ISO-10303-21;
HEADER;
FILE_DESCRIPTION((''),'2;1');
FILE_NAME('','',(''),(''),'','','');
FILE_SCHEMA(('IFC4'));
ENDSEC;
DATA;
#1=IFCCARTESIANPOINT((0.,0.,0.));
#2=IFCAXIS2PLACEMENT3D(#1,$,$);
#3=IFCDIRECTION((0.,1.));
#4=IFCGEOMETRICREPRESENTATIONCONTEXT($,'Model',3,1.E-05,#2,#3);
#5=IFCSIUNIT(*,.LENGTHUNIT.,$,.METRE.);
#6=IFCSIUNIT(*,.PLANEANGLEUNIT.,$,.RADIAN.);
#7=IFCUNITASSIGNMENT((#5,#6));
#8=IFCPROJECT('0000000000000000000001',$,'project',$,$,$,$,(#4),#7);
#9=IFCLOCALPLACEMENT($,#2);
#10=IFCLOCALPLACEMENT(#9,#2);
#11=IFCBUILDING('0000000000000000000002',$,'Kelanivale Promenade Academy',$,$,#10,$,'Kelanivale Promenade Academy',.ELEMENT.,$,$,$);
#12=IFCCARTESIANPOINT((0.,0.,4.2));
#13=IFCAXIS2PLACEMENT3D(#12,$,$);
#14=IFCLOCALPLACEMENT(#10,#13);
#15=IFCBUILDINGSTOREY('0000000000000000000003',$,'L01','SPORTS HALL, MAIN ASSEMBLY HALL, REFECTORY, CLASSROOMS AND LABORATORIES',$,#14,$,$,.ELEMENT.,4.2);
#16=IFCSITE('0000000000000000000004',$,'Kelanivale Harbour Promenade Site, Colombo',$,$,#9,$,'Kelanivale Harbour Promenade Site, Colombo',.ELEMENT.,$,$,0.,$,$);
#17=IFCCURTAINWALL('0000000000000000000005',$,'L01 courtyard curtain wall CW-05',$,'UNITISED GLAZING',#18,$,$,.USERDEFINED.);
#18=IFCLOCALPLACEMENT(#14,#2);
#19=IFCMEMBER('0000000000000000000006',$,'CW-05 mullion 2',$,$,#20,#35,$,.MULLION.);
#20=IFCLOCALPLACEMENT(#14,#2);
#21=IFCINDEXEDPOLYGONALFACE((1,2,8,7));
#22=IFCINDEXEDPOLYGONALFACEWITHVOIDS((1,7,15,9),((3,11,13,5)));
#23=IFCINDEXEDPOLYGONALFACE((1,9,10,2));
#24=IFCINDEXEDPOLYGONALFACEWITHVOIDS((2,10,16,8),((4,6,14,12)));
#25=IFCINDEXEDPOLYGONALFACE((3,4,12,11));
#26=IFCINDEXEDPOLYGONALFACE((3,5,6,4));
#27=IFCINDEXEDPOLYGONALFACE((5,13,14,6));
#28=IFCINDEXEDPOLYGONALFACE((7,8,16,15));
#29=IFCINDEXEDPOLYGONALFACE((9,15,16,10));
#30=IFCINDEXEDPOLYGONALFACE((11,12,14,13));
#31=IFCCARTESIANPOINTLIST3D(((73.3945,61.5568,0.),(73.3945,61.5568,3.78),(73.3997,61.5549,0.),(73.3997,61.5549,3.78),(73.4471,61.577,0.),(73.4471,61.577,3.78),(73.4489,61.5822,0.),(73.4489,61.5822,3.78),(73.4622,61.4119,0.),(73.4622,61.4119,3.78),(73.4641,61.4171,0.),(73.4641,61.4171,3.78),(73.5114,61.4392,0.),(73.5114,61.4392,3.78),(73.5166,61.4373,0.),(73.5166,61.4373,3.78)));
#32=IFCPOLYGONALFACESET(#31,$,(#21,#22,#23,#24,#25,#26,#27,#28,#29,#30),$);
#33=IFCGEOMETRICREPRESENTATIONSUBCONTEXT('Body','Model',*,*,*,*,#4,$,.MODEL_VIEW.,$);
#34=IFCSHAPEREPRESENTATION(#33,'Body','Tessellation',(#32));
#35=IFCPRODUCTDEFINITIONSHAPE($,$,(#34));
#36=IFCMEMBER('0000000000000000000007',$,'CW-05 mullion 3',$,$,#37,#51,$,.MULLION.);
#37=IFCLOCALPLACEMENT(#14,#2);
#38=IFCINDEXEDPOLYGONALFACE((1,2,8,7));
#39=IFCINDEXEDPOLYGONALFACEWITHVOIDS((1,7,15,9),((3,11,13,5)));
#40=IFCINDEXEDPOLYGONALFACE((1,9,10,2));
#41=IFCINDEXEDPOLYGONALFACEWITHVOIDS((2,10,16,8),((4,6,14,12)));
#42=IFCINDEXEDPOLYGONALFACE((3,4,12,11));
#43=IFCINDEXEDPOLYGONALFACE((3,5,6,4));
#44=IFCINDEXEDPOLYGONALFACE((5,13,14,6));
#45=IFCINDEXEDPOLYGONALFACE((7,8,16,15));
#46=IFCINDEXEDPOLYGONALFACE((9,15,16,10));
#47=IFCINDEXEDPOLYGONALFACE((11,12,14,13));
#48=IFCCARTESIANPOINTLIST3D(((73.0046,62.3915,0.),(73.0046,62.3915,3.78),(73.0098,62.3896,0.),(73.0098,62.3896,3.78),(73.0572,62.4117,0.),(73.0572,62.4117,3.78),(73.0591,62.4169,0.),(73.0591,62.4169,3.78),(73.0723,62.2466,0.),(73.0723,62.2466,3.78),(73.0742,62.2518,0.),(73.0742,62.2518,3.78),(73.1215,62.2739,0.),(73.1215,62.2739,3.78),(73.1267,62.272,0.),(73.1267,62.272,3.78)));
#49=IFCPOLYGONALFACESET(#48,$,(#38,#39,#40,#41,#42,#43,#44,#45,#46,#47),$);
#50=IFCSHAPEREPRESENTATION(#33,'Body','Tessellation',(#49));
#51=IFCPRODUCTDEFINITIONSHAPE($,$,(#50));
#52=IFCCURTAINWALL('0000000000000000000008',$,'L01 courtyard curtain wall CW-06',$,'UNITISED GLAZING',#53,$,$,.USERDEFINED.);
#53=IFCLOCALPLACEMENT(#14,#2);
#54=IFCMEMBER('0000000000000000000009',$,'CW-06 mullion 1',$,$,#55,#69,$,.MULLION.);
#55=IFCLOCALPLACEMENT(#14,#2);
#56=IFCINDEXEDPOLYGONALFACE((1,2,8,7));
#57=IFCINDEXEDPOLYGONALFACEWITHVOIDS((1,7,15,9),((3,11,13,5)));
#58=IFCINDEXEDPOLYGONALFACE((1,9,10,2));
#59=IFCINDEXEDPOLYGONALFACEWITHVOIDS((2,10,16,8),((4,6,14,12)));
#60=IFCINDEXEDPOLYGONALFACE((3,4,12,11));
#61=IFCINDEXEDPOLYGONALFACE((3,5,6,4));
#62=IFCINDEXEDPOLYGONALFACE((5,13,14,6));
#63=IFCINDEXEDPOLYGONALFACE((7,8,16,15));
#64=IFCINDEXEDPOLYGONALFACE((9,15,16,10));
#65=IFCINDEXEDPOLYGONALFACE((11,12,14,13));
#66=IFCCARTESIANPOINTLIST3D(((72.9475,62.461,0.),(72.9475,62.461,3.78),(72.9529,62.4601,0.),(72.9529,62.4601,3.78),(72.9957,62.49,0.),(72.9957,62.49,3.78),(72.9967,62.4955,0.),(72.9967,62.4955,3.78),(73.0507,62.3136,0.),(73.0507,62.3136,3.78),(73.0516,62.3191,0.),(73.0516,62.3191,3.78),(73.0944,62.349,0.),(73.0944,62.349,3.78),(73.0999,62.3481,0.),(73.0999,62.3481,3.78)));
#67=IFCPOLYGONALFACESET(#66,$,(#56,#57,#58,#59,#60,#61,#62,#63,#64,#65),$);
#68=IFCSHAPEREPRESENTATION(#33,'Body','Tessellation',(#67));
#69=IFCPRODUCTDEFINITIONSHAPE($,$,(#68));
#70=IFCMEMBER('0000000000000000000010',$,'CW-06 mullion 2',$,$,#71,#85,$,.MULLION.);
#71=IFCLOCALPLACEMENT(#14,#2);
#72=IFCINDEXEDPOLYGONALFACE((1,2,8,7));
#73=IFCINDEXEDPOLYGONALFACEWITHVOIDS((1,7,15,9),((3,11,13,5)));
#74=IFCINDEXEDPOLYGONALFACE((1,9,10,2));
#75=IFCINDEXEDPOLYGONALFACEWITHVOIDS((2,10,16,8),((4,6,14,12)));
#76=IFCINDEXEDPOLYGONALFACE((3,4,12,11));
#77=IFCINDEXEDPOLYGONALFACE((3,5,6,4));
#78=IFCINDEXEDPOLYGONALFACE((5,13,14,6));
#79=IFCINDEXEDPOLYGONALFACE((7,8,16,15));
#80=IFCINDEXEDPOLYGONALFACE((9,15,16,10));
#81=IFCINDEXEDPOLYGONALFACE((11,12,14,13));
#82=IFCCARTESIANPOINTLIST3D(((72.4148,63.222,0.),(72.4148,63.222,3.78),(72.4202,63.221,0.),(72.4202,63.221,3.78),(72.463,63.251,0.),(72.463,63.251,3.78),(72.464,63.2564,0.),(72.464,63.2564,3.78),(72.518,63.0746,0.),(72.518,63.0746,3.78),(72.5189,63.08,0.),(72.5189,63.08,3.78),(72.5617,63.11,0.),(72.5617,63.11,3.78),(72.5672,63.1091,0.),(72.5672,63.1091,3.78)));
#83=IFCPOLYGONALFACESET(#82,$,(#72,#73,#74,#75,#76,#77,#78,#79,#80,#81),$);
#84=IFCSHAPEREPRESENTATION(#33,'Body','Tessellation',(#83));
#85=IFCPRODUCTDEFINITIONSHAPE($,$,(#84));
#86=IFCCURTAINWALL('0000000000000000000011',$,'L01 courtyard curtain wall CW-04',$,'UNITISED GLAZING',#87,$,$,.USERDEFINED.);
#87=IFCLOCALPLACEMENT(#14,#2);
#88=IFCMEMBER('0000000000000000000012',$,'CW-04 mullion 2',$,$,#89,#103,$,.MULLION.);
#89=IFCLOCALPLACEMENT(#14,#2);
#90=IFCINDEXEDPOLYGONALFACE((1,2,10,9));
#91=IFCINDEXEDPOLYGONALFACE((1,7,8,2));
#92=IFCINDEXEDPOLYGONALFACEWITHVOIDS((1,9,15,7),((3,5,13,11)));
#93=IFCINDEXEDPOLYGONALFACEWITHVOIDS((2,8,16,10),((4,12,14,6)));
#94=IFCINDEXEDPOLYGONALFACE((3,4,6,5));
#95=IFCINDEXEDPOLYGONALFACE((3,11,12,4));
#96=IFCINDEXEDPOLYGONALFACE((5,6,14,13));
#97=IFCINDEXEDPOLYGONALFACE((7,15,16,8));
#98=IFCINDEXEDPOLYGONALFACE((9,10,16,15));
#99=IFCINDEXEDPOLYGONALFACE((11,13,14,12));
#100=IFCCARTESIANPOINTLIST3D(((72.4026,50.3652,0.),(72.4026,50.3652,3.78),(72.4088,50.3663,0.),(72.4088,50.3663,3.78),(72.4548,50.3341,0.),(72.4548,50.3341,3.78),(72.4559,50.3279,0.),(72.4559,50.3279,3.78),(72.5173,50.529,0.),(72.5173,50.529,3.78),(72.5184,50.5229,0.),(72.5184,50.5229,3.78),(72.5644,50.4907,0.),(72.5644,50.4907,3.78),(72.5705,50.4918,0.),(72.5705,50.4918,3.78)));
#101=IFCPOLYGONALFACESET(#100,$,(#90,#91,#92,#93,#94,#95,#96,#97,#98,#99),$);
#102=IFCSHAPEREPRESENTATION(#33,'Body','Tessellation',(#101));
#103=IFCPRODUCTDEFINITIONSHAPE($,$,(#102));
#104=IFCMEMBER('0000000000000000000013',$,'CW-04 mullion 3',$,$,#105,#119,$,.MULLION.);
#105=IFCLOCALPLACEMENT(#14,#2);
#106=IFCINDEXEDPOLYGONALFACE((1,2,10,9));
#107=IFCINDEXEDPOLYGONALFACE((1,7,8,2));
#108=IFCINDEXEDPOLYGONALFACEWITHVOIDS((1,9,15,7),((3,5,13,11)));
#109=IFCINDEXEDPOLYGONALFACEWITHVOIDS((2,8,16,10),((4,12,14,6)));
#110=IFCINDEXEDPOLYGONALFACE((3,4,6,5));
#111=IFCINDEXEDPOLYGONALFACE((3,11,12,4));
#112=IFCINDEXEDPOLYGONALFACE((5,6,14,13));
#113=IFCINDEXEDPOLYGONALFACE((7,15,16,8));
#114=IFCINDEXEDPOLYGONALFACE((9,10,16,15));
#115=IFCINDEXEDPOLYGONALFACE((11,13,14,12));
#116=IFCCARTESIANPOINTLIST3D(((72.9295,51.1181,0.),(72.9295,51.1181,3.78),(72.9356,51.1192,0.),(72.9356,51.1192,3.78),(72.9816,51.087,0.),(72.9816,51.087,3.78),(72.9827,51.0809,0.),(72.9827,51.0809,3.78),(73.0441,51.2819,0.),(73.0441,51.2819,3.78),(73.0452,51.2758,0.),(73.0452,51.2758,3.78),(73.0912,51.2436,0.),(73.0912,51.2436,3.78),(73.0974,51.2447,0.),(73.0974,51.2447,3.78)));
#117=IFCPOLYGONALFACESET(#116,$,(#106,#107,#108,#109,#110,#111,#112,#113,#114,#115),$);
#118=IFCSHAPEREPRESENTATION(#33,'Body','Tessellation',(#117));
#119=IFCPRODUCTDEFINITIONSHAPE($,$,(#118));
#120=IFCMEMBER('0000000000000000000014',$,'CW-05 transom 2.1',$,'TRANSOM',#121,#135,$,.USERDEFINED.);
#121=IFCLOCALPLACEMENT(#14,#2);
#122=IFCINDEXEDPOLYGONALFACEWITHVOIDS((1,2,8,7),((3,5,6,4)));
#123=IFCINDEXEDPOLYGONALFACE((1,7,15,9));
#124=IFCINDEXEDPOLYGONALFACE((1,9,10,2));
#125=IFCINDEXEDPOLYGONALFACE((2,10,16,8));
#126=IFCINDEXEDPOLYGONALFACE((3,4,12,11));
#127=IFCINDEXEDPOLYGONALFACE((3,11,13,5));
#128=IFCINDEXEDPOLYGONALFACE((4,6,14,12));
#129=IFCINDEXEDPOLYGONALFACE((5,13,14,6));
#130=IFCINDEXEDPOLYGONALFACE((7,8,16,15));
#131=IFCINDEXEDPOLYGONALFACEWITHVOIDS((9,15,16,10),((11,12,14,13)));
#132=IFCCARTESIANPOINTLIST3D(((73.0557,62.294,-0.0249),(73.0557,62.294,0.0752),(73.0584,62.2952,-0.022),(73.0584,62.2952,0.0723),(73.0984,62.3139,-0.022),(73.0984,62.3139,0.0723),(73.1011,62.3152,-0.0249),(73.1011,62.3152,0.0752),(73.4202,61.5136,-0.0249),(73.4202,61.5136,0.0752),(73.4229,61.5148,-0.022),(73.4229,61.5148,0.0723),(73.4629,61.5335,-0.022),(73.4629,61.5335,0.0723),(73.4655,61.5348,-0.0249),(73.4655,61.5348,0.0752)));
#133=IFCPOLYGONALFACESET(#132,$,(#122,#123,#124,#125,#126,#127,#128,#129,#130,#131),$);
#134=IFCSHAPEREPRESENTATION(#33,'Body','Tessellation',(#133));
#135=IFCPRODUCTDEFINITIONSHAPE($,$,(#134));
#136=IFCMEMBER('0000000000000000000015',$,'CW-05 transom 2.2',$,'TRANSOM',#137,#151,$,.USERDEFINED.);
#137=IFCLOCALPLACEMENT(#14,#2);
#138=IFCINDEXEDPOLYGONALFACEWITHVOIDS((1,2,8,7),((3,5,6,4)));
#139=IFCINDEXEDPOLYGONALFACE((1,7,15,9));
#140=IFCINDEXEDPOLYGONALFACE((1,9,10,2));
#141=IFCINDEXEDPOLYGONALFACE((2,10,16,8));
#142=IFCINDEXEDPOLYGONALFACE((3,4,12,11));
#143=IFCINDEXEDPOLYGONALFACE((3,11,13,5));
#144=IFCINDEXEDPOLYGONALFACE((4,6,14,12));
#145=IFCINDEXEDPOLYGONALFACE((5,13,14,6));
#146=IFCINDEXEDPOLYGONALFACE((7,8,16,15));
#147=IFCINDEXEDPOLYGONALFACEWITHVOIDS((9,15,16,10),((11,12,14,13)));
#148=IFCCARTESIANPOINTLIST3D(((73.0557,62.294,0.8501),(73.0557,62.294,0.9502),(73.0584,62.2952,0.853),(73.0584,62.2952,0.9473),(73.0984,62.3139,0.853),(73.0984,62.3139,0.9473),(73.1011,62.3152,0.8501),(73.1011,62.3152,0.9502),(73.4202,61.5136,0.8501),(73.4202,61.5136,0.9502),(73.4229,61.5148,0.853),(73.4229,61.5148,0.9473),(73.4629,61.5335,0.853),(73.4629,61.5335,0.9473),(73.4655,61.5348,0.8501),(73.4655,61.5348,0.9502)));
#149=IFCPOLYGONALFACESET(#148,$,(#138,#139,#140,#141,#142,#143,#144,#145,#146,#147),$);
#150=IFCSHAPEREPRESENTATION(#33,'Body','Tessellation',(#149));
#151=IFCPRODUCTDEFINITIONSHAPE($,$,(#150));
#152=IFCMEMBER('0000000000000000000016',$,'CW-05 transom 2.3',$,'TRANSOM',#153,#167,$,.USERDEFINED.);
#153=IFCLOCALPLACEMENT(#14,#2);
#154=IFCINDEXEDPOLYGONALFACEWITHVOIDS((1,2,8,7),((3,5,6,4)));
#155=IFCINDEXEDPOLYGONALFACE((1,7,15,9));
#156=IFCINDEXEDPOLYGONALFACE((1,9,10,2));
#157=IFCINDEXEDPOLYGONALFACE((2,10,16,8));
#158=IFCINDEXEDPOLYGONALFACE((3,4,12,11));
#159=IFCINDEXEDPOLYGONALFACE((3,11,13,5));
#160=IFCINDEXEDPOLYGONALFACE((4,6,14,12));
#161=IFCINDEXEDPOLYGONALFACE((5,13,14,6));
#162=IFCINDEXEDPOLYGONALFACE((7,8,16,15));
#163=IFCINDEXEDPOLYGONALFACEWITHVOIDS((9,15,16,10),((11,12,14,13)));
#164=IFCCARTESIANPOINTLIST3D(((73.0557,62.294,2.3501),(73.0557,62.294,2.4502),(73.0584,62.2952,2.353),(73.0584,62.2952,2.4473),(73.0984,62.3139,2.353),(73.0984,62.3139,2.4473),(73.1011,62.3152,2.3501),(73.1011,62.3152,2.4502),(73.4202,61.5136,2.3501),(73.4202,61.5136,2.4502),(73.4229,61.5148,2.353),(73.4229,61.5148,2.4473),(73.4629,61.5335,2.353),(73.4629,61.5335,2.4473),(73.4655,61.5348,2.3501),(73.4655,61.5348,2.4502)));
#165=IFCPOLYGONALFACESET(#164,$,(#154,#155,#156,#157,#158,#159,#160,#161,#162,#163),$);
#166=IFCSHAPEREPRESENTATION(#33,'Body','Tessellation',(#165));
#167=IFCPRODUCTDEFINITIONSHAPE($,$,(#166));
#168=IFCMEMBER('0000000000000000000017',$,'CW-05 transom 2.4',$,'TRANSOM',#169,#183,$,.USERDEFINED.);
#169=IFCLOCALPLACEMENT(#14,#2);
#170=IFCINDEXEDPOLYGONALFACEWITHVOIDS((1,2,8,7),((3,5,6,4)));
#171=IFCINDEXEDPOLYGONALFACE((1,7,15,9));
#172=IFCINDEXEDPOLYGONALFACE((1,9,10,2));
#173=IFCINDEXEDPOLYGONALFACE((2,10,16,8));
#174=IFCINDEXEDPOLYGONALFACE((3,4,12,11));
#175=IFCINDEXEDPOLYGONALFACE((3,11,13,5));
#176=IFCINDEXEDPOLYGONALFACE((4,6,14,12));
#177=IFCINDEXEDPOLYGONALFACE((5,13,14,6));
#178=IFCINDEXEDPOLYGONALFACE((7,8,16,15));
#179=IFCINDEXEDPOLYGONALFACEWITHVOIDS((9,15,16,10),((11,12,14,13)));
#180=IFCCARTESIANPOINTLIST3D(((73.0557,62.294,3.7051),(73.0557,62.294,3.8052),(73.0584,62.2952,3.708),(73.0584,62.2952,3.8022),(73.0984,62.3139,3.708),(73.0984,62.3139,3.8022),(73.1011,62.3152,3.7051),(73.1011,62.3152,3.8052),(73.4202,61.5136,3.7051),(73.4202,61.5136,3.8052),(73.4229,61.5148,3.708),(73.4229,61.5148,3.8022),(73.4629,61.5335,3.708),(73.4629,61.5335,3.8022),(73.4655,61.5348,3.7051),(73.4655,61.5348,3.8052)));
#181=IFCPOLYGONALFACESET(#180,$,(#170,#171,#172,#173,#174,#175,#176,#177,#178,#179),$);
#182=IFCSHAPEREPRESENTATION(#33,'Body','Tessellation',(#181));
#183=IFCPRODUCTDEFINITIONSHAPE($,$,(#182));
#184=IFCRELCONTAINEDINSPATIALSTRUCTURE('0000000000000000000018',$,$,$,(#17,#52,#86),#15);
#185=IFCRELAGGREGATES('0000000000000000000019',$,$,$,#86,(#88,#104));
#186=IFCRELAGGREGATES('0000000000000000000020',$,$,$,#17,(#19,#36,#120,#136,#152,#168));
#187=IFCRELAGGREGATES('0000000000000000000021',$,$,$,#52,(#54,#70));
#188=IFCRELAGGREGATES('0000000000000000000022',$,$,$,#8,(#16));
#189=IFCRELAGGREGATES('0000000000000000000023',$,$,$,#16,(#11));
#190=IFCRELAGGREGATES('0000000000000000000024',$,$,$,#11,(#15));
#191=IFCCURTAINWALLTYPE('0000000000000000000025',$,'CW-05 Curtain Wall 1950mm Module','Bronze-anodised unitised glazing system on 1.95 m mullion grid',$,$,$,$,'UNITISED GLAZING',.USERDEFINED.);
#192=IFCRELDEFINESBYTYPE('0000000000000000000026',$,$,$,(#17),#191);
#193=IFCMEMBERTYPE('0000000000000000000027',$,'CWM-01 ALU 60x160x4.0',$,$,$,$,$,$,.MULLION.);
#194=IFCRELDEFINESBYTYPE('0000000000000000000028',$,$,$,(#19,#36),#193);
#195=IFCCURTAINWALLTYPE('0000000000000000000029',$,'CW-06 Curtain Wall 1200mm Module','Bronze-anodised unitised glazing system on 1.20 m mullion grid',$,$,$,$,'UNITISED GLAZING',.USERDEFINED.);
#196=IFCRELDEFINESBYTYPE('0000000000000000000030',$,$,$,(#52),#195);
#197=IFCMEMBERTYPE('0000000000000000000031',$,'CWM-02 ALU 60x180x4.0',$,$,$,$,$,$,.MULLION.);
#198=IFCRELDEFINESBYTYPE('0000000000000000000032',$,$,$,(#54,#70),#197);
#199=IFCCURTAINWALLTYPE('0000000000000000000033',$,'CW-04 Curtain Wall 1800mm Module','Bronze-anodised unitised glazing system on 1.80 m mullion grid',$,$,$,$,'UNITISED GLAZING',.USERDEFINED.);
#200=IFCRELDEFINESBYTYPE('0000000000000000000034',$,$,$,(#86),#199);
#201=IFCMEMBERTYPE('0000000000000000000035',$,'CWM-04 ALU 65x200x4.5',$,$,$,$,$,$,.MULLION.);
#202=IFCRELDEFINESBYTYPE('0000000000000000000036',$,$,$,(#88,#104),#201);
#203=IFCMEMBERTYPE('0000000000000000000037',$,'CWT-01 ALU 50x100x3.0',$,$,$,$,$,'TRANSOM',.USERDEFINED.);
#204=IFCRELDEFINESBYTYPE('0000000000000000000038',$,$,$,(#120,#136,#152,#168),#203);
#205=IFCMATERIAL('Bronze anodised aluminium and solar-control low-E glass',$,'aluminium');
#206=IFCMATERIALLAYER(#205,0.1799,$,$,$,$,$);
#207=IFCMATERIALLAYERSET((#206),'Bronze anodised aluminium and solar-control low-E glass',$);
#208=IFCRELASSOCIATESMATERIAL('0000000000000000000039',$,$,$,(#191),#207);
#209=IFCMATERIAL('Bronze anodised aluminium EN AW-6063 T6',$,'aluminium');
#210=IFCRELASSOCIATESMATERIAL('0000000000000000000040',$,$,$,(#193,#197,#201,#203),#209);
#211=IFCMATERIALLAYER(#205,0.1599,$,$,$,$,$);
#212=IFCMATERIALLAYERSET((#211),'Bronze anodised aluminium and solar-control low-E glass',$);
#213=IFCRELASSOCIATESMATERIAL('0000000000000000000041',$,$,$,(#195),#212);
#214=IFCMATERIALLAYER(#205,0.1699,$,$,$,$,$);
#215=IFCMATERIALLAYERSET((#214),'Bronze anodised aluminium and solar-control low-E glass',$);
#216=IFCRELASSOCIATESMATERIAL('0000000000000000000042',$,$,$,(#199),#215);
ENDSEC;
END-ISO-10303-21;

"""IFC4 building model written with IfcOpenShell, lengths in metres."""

from ifc_helpers import new_model, si_unit, direction, frame, origin, origin_2d, place, context, subcontext, project, spatial, hollow_rectangle, extrude, material, layer, layer_set, material_profile, profile_set, type_object, element, aggregate, save


model = new_model("IFC4")

# Units and contexts
model_context = context("Model", 3, precision=1e-05, world=origin(), true_north=direction((0.0, 1.0)))
body_context = subcontext(model_context, "Body", "Model", "MODEL_VIEW")
ifc_project = project(units=[si_unit("LENGTHUNIT", "METRE"), si_unit("PLANEANGLEUNIT", "RADIAN")], contexts=[model_context])

# Site, building, storey
site_placement = place(None, origin())
site = spatial("IfcSite", under=ifc_project, at=site_placement, Name="Kelanivale Harbour Promenade Site, Colombo", LongName="Kelanivale Harbour Promenade Site, Colombo", CompositionType="ELEMENT", RefElevation=0.0)
building_placement = place(site_placement, origin())
building = spatial("IfcBuilding", under=site, at=building_placement, Name="Kelanivale Promenade Academy", LongName="Kelanivale Promenade Academy", CompositionType="ELEMENT")
storey_placement = place(building_placement, frame((0.0, 0.0, 4.2)))
storey = spatial("IfcBuildingStorey", under=building, at=storey_placement, Name="L01", Description="SPORTS HALL, MAIN ASSEMBLY HALL, REFECTORY, CLASSROOMS AND LABORATORIES", CompositionType="ELEMENT", Elevation=4.2)

# Curtain walls, members
ifc_material_1 = material(Name="Bronze anodised aluminium and solar-control low-E glass", Category="aluminium")
ifc_layer_1 = layer(ifc_material_1, 0.1799)
ifc_layer_set_1 = layer_set([ifc_layer_1], Name="Bronze anodised aluminium and solar-control low-E glass")
curtain_wall_type_1 = type_object("IfcCurtainWallType", Name="CW-05 Curtain Wall 1950mm Module", Description="Bronze-anodised unitised glazing system on 1.95 m mullion grid", ElementType="UNITISED GLAZING", PredefinedType="USERDEFINED", material=ifc_layer_set_1)
curtain_wall_1_placement = place(storey_placement, origin())
curtain_wall_1 = element("IfcCurtainWall", 1, at=curtain_wall_1_placement, inside=storey, type_object=curtain_wall_type_1, Name="L01 courtyard curtain wall CW-05", ObjectType="UNITISED GLAZING", PredefinedType="USERDEFINED")
ifc_material_2 = material(Name="Bronze anodised aluminium EN AW-6063 T6", Category="aluminium")
ifc_material_profile_1 = material_profile(ifc_material_2, hollow_rectangle(XDim=0.0601, YDim=0.1599, WallThickness=0.0039, at=origin_2d()), Name="ALU 60x160x4.0")
ifc_profile_set_1 = profile_set([ifc_material_profile_1], Name="Bronze anodised aluminium EN AW-6063 T6")
member_type_1 = type_object("IfcMemberType", Name="CWM-01 ALU 60x160x4.0", PredefinedType="MULLION", material=ifc_profile_set_1)
member_1_placement = place(storey_placement, frame((73.4556, 61.4971, 0.0), z_axis=(0.0, 0.0, 1.0), x_axis=(-0.906089, -0.423087, 0.0)))
member_1 = element("IfcMember", 2, at=member_1_placement, type_object=member_type_1, Name="CW-05 mullion 2", PredefinedType="MULLION", context=body_context, shape_type="SweptSolid", body=[
    extrude(hollow_rectangle(XDim=0.0601, YDim=0.1599, WallThickness=0.0039, at=origin_2d()), origin(), (0.0, 0.0, 1.0), 3.78),
])
member_2_placement = place(storey_placement, frame((73.0657, 62.3318, 0.0), z_axis=(0.0, 0.0, 1.0), x_axis=(-0.906089, -0.423087, 0.0)))
member_2 = element("IfcMember", 3, at=member_2_placement, type_object=member_type_1, Name="CW-05 mullion 3", PredefinedType="MULLION", context=body_context, shape_type="SweptSolid", body=[
    extrude(hollow_rectangle(XDim=0.0601, YDim=0.1599, WallThickness=0.0039, at=origin_2d()), origin(), (0.0, 0.0, 1.0), 3.78),
])
ifc_layer_2 = layer(ifc_material_1, 0.1599)
ifc_layer_set_2 = layer_set([ifc_layer_2], Name="Bronze anodised aluminium and solar-control low-E glass")
curtain_wall_type_2 = type_object("IfcCurtainWallType", Name="CW-06 Curtain Wall 1200mm Module", Description="Bronze-anodised unitised glazing system on 1.20 m mullion grid", ElementType="UNITISED GLAZING", PredefinedType="USERDEFINED", material=ifc_layer_set_2)
curtain_wall_2_placement = place(storey_placement, origin())
curtain_wall_2 = element("IfcCurtainWall", 4, at=curtain_wall_2_placement, inside=storey, type_object=curtain_wall_type_2, Name="L01 courtyard curtain wall CW-06", ObjectType="UNITISED GLAZING", PredefinedType="USERDEFINED")
ifc_material_profile_2 = material_profile(ifc_material_2, hollow_rectangle(XDim=0.0601, YDim=0.1799, WallThickness=0.0039, at=origin_2d()), Name="ALU 60x180x4.0")
ifc_profile_set_2 = profile_set([ifc_material_profile_2], Name="Bronze anodised aluminium EN AW-6063 T6")
member_type_2 = type_object("IfcMemberType", Name="CWM-02 ALU 60x180x4.0", PredefinedType="MULLION", material=ifc_profile_set_2)
member_3_placement = place(storey_placement, frame((73.0237, 62.4045, 0.0), z_axis=(0.0, 0.0, 1.0), x_axis=(-0.819158, -0.573567, 0.0)))
member_3 = element("IfcMember", 5, at=member_3_placement, type_object=member_type_2, Name="CW-06 mullion 1", PredefinedType="MULLION", context=body_context, shape_type="SweptSolid", body=[
    extrude(hollow_rectangle(XDim=0.0601, YDim=0.1799, WallThickness=0.0039, at=origin_2d()), origin(), (0.0, 0.0, 1.0), 3.78),
])
member_4_placement = place(storey_placement, frame((72.491, 63.1655, 0.0), z_axis=(0.0, 0.0, 1.0), x_axis=(-0.819158, -0.573567, 0.0)))
member_4 = element("IfcMember", 6, at=member_4_placement, type_object=member_type_2, Name="CW-06 mullion 2", PredefinedType="MULLION", context=body_context, shape_type="SweptSolid", body=[
    extrude(hollow_rectangle(XDim=0.0601, YDim=0.1799, WallThickness=0.0039, at=origin_2d()), origin(), (0.0, 0.0, 1.0), 3.78),
])
ifc_layer_3 = layer(ifc_material_1, 0.1699)
ifc_layer_set_3 = layer_set([ifc_layer_3], Name="Bronze anodised aluminium and solar-control low-E glass")
curtain_wall_type_3 = type_object("IfcCurtainWallType", Name="CW-04 Curtain Wall 1800mm Module", Description="Bronze-anodised unitised glazing system on 1.80 m mullion grid", ElementType="UNITISED GLAZING", PredefinedType="USERDEFINED", material=ifc_layer_set_3)
curtain_wall_3_placement = place(storey_placement, origin())
curtain_wall_3 = element("IfcCurtainWall", 7, at=curtain_wall_3_placement, inside=storey, type_object=curtain_wall_type_3, Name="L01 courtyard curtain wall CW-04", ObjectType="UNITISED GLAZING", PredefinedType="USERDEFINED")
ifc_material_profile_3 = material_profile(ifc_material_2, hollow_rectangle(XDim=0.0649, YDim=0.2, WallThickness=0.0044, at=origin_2d()), Name="ALU 65x200x4.5")
ifc_profile_set_3 = profile_set([ifc_material_profile_3], Name="Bronze anodised aluminium EN AW-6063 T6")
member_type_3 = type_object("IfcMemberType", Name="CWM-04 ALU 65x200x4.5", PredefinedType="MULLION", material=ifc_profile_set_3)
member_5_placement = place(storey_placement, frame((72.4866, 50.4285, 0.0), z_axis=(0.0, 0.0, 1.0), x_axis=(-0.819306, 0.573357, 0.0)))
member_5 = element("IfcMember", 8, at=member_5_placement, type_object=member_type_3, Name="CW-04 mullion 2", PredefinedType="MULLION", context=body_context, shape_type="SweptSolid", body=[
    extrude(hollow_rectangle(XDim=0.0649, YDim=0.2, WallThickness=0.0044, at=origin_2d()), origin(), (0.0, 0.0, 1.0), 3.78),
])
member_6_placement = place(storey_placement, frame((73.0134, 51.1814, 0.0), z_axis=(0.0, 0.0, 1.0), x_axis=(-0.819306, 0.573357, 0.0)))
member_6 = element("IfcMember", 9, at=member_6_placement, type_object=member_type_3, Name="CW-04 mullion 3", PredefinedType="MULLION", context=body_context, shape_type="SweptSolid", body=[
    extrude(hollow_rectangle(XDim=0.0649, YDim=0.2, WallThickness=0.0044, at=origin_2d()), origin(), (0.0, 0.0, 1.0), 3.78),
])

# Members
ifc_material_profile_4 = material_profile(ifc_material_2, hollow_rectangle(XDim=0.05, YDim=0.1001, WallThickness=0.0029, at=origin_2d()), Name="ALU 50x100x3.0")
ifc_profile_set_4 = profile_set([ifc_material_profile_4], Name="Bronze anodised aluminium EN AW-6063 T6")
member_type_4 = type_object("IfcMemberType", Name="CWT-01 ALU 50x100x3.0", ElementType="TRANSOM", PredefinedType="USERDEFINED", material=ifc_profile_set_4)
member_7_placement = place(storey_placement, frame((73.4429, 61.5242, 0.0251), z_axis=(-0.423134, 0.906067, 0.0), x_axis=(-0.906067, -0.423134, 0.0)))
member_7 = element("IfcMember", 10, at=member_7_placement, type_object=member_type_4, Name="CW-05 transom 2.1", ObjectType="TRANSOM", PredefinedType="USERDEFINED", context=body_context, shape_type="SweptSolid", body=[
    extrude(hollow_rectangle(XDim=0.05, YDim=0.1001, WallThickness=0.0029, at=origin_2d()), origin(), (0.0, 0.0, 1.0), 0.8613),
])
member_8_placement = place(storey_placement, frame((73.4429, 61.5242, 0.9001), z_axis=(-0.423134, 0.906067, 0.0), x_axis=(-0.906067, -0.423134, 0.0)))
member_8 = element("IfcMember", 11, at=member_8_placement, type_object=member_type_4, Name="CW-05 transom 2.2", ObjectType="TRANSOM", PredefinedType="USERDEFINED", context=body_context, shape_type="SweptSolid", body=[
    extrude(hollow_rectangle(XDim=0.05, YDim=0.1001, WallThickness=0.0029, at=origin_2d()), origin(), (0.0, 0.0, 1.0), 0.8613),
])
member_9_placement = place(storey_placement, frame((73.4429, 61.5242, 2.4001), z_axis=(-0.423134, 0.906067, 0.0), x_axis=(-0.906067, -0.423134, 0.0)))
member_9 = element("IfcMember", 12, at=member_9_placement, type_object=member_type_4, Name="CW-05 transom 2.3", ObjectType="TRANSOM", PredefinedType="USERDEFINED", context=body_context, shape_type="SweptSolid", body=[
    extrude(hollow_rectangle(XDim=0.05, YDim=0.1001, WallThickness=0.0029, at=origin_2d()), origin(), (0.0, 0.0, 1.0), 0.8613),
])
member_10_placement = place(storey_placement, frame((73.4429, 61.5242, 3.7551), z_axis=(-0.423134, 0.906067, 0.0), x_axis=(-0.906067, -0.423134, 0.0)))
member_10 = element("IfcMember", 13, at=member_10_placement, type_object=member_type_4, Name="CW-05 transom 2.4", ObjectType="TRANSOM", PredefinedType="USERDEFINED", context=body_context, shape_type="SweptSolid", body=[
    extrude(hollow_rectangle(XDim=0.05, YDim=0.1001, WallThickness=0.0029, at=origin_2d()), origin(), (0.0, 0.0, 1.0), 0.8613),
])

aggregate(curtain_wall_3, [member_5, member_6])
aggregate(curtain_wall_1, [member_1, member_2, member_7, member_8, member_9, member_10])
aggregate(curtain_wall_2, [member_3, member_4])

save(model, "model.ifc")
